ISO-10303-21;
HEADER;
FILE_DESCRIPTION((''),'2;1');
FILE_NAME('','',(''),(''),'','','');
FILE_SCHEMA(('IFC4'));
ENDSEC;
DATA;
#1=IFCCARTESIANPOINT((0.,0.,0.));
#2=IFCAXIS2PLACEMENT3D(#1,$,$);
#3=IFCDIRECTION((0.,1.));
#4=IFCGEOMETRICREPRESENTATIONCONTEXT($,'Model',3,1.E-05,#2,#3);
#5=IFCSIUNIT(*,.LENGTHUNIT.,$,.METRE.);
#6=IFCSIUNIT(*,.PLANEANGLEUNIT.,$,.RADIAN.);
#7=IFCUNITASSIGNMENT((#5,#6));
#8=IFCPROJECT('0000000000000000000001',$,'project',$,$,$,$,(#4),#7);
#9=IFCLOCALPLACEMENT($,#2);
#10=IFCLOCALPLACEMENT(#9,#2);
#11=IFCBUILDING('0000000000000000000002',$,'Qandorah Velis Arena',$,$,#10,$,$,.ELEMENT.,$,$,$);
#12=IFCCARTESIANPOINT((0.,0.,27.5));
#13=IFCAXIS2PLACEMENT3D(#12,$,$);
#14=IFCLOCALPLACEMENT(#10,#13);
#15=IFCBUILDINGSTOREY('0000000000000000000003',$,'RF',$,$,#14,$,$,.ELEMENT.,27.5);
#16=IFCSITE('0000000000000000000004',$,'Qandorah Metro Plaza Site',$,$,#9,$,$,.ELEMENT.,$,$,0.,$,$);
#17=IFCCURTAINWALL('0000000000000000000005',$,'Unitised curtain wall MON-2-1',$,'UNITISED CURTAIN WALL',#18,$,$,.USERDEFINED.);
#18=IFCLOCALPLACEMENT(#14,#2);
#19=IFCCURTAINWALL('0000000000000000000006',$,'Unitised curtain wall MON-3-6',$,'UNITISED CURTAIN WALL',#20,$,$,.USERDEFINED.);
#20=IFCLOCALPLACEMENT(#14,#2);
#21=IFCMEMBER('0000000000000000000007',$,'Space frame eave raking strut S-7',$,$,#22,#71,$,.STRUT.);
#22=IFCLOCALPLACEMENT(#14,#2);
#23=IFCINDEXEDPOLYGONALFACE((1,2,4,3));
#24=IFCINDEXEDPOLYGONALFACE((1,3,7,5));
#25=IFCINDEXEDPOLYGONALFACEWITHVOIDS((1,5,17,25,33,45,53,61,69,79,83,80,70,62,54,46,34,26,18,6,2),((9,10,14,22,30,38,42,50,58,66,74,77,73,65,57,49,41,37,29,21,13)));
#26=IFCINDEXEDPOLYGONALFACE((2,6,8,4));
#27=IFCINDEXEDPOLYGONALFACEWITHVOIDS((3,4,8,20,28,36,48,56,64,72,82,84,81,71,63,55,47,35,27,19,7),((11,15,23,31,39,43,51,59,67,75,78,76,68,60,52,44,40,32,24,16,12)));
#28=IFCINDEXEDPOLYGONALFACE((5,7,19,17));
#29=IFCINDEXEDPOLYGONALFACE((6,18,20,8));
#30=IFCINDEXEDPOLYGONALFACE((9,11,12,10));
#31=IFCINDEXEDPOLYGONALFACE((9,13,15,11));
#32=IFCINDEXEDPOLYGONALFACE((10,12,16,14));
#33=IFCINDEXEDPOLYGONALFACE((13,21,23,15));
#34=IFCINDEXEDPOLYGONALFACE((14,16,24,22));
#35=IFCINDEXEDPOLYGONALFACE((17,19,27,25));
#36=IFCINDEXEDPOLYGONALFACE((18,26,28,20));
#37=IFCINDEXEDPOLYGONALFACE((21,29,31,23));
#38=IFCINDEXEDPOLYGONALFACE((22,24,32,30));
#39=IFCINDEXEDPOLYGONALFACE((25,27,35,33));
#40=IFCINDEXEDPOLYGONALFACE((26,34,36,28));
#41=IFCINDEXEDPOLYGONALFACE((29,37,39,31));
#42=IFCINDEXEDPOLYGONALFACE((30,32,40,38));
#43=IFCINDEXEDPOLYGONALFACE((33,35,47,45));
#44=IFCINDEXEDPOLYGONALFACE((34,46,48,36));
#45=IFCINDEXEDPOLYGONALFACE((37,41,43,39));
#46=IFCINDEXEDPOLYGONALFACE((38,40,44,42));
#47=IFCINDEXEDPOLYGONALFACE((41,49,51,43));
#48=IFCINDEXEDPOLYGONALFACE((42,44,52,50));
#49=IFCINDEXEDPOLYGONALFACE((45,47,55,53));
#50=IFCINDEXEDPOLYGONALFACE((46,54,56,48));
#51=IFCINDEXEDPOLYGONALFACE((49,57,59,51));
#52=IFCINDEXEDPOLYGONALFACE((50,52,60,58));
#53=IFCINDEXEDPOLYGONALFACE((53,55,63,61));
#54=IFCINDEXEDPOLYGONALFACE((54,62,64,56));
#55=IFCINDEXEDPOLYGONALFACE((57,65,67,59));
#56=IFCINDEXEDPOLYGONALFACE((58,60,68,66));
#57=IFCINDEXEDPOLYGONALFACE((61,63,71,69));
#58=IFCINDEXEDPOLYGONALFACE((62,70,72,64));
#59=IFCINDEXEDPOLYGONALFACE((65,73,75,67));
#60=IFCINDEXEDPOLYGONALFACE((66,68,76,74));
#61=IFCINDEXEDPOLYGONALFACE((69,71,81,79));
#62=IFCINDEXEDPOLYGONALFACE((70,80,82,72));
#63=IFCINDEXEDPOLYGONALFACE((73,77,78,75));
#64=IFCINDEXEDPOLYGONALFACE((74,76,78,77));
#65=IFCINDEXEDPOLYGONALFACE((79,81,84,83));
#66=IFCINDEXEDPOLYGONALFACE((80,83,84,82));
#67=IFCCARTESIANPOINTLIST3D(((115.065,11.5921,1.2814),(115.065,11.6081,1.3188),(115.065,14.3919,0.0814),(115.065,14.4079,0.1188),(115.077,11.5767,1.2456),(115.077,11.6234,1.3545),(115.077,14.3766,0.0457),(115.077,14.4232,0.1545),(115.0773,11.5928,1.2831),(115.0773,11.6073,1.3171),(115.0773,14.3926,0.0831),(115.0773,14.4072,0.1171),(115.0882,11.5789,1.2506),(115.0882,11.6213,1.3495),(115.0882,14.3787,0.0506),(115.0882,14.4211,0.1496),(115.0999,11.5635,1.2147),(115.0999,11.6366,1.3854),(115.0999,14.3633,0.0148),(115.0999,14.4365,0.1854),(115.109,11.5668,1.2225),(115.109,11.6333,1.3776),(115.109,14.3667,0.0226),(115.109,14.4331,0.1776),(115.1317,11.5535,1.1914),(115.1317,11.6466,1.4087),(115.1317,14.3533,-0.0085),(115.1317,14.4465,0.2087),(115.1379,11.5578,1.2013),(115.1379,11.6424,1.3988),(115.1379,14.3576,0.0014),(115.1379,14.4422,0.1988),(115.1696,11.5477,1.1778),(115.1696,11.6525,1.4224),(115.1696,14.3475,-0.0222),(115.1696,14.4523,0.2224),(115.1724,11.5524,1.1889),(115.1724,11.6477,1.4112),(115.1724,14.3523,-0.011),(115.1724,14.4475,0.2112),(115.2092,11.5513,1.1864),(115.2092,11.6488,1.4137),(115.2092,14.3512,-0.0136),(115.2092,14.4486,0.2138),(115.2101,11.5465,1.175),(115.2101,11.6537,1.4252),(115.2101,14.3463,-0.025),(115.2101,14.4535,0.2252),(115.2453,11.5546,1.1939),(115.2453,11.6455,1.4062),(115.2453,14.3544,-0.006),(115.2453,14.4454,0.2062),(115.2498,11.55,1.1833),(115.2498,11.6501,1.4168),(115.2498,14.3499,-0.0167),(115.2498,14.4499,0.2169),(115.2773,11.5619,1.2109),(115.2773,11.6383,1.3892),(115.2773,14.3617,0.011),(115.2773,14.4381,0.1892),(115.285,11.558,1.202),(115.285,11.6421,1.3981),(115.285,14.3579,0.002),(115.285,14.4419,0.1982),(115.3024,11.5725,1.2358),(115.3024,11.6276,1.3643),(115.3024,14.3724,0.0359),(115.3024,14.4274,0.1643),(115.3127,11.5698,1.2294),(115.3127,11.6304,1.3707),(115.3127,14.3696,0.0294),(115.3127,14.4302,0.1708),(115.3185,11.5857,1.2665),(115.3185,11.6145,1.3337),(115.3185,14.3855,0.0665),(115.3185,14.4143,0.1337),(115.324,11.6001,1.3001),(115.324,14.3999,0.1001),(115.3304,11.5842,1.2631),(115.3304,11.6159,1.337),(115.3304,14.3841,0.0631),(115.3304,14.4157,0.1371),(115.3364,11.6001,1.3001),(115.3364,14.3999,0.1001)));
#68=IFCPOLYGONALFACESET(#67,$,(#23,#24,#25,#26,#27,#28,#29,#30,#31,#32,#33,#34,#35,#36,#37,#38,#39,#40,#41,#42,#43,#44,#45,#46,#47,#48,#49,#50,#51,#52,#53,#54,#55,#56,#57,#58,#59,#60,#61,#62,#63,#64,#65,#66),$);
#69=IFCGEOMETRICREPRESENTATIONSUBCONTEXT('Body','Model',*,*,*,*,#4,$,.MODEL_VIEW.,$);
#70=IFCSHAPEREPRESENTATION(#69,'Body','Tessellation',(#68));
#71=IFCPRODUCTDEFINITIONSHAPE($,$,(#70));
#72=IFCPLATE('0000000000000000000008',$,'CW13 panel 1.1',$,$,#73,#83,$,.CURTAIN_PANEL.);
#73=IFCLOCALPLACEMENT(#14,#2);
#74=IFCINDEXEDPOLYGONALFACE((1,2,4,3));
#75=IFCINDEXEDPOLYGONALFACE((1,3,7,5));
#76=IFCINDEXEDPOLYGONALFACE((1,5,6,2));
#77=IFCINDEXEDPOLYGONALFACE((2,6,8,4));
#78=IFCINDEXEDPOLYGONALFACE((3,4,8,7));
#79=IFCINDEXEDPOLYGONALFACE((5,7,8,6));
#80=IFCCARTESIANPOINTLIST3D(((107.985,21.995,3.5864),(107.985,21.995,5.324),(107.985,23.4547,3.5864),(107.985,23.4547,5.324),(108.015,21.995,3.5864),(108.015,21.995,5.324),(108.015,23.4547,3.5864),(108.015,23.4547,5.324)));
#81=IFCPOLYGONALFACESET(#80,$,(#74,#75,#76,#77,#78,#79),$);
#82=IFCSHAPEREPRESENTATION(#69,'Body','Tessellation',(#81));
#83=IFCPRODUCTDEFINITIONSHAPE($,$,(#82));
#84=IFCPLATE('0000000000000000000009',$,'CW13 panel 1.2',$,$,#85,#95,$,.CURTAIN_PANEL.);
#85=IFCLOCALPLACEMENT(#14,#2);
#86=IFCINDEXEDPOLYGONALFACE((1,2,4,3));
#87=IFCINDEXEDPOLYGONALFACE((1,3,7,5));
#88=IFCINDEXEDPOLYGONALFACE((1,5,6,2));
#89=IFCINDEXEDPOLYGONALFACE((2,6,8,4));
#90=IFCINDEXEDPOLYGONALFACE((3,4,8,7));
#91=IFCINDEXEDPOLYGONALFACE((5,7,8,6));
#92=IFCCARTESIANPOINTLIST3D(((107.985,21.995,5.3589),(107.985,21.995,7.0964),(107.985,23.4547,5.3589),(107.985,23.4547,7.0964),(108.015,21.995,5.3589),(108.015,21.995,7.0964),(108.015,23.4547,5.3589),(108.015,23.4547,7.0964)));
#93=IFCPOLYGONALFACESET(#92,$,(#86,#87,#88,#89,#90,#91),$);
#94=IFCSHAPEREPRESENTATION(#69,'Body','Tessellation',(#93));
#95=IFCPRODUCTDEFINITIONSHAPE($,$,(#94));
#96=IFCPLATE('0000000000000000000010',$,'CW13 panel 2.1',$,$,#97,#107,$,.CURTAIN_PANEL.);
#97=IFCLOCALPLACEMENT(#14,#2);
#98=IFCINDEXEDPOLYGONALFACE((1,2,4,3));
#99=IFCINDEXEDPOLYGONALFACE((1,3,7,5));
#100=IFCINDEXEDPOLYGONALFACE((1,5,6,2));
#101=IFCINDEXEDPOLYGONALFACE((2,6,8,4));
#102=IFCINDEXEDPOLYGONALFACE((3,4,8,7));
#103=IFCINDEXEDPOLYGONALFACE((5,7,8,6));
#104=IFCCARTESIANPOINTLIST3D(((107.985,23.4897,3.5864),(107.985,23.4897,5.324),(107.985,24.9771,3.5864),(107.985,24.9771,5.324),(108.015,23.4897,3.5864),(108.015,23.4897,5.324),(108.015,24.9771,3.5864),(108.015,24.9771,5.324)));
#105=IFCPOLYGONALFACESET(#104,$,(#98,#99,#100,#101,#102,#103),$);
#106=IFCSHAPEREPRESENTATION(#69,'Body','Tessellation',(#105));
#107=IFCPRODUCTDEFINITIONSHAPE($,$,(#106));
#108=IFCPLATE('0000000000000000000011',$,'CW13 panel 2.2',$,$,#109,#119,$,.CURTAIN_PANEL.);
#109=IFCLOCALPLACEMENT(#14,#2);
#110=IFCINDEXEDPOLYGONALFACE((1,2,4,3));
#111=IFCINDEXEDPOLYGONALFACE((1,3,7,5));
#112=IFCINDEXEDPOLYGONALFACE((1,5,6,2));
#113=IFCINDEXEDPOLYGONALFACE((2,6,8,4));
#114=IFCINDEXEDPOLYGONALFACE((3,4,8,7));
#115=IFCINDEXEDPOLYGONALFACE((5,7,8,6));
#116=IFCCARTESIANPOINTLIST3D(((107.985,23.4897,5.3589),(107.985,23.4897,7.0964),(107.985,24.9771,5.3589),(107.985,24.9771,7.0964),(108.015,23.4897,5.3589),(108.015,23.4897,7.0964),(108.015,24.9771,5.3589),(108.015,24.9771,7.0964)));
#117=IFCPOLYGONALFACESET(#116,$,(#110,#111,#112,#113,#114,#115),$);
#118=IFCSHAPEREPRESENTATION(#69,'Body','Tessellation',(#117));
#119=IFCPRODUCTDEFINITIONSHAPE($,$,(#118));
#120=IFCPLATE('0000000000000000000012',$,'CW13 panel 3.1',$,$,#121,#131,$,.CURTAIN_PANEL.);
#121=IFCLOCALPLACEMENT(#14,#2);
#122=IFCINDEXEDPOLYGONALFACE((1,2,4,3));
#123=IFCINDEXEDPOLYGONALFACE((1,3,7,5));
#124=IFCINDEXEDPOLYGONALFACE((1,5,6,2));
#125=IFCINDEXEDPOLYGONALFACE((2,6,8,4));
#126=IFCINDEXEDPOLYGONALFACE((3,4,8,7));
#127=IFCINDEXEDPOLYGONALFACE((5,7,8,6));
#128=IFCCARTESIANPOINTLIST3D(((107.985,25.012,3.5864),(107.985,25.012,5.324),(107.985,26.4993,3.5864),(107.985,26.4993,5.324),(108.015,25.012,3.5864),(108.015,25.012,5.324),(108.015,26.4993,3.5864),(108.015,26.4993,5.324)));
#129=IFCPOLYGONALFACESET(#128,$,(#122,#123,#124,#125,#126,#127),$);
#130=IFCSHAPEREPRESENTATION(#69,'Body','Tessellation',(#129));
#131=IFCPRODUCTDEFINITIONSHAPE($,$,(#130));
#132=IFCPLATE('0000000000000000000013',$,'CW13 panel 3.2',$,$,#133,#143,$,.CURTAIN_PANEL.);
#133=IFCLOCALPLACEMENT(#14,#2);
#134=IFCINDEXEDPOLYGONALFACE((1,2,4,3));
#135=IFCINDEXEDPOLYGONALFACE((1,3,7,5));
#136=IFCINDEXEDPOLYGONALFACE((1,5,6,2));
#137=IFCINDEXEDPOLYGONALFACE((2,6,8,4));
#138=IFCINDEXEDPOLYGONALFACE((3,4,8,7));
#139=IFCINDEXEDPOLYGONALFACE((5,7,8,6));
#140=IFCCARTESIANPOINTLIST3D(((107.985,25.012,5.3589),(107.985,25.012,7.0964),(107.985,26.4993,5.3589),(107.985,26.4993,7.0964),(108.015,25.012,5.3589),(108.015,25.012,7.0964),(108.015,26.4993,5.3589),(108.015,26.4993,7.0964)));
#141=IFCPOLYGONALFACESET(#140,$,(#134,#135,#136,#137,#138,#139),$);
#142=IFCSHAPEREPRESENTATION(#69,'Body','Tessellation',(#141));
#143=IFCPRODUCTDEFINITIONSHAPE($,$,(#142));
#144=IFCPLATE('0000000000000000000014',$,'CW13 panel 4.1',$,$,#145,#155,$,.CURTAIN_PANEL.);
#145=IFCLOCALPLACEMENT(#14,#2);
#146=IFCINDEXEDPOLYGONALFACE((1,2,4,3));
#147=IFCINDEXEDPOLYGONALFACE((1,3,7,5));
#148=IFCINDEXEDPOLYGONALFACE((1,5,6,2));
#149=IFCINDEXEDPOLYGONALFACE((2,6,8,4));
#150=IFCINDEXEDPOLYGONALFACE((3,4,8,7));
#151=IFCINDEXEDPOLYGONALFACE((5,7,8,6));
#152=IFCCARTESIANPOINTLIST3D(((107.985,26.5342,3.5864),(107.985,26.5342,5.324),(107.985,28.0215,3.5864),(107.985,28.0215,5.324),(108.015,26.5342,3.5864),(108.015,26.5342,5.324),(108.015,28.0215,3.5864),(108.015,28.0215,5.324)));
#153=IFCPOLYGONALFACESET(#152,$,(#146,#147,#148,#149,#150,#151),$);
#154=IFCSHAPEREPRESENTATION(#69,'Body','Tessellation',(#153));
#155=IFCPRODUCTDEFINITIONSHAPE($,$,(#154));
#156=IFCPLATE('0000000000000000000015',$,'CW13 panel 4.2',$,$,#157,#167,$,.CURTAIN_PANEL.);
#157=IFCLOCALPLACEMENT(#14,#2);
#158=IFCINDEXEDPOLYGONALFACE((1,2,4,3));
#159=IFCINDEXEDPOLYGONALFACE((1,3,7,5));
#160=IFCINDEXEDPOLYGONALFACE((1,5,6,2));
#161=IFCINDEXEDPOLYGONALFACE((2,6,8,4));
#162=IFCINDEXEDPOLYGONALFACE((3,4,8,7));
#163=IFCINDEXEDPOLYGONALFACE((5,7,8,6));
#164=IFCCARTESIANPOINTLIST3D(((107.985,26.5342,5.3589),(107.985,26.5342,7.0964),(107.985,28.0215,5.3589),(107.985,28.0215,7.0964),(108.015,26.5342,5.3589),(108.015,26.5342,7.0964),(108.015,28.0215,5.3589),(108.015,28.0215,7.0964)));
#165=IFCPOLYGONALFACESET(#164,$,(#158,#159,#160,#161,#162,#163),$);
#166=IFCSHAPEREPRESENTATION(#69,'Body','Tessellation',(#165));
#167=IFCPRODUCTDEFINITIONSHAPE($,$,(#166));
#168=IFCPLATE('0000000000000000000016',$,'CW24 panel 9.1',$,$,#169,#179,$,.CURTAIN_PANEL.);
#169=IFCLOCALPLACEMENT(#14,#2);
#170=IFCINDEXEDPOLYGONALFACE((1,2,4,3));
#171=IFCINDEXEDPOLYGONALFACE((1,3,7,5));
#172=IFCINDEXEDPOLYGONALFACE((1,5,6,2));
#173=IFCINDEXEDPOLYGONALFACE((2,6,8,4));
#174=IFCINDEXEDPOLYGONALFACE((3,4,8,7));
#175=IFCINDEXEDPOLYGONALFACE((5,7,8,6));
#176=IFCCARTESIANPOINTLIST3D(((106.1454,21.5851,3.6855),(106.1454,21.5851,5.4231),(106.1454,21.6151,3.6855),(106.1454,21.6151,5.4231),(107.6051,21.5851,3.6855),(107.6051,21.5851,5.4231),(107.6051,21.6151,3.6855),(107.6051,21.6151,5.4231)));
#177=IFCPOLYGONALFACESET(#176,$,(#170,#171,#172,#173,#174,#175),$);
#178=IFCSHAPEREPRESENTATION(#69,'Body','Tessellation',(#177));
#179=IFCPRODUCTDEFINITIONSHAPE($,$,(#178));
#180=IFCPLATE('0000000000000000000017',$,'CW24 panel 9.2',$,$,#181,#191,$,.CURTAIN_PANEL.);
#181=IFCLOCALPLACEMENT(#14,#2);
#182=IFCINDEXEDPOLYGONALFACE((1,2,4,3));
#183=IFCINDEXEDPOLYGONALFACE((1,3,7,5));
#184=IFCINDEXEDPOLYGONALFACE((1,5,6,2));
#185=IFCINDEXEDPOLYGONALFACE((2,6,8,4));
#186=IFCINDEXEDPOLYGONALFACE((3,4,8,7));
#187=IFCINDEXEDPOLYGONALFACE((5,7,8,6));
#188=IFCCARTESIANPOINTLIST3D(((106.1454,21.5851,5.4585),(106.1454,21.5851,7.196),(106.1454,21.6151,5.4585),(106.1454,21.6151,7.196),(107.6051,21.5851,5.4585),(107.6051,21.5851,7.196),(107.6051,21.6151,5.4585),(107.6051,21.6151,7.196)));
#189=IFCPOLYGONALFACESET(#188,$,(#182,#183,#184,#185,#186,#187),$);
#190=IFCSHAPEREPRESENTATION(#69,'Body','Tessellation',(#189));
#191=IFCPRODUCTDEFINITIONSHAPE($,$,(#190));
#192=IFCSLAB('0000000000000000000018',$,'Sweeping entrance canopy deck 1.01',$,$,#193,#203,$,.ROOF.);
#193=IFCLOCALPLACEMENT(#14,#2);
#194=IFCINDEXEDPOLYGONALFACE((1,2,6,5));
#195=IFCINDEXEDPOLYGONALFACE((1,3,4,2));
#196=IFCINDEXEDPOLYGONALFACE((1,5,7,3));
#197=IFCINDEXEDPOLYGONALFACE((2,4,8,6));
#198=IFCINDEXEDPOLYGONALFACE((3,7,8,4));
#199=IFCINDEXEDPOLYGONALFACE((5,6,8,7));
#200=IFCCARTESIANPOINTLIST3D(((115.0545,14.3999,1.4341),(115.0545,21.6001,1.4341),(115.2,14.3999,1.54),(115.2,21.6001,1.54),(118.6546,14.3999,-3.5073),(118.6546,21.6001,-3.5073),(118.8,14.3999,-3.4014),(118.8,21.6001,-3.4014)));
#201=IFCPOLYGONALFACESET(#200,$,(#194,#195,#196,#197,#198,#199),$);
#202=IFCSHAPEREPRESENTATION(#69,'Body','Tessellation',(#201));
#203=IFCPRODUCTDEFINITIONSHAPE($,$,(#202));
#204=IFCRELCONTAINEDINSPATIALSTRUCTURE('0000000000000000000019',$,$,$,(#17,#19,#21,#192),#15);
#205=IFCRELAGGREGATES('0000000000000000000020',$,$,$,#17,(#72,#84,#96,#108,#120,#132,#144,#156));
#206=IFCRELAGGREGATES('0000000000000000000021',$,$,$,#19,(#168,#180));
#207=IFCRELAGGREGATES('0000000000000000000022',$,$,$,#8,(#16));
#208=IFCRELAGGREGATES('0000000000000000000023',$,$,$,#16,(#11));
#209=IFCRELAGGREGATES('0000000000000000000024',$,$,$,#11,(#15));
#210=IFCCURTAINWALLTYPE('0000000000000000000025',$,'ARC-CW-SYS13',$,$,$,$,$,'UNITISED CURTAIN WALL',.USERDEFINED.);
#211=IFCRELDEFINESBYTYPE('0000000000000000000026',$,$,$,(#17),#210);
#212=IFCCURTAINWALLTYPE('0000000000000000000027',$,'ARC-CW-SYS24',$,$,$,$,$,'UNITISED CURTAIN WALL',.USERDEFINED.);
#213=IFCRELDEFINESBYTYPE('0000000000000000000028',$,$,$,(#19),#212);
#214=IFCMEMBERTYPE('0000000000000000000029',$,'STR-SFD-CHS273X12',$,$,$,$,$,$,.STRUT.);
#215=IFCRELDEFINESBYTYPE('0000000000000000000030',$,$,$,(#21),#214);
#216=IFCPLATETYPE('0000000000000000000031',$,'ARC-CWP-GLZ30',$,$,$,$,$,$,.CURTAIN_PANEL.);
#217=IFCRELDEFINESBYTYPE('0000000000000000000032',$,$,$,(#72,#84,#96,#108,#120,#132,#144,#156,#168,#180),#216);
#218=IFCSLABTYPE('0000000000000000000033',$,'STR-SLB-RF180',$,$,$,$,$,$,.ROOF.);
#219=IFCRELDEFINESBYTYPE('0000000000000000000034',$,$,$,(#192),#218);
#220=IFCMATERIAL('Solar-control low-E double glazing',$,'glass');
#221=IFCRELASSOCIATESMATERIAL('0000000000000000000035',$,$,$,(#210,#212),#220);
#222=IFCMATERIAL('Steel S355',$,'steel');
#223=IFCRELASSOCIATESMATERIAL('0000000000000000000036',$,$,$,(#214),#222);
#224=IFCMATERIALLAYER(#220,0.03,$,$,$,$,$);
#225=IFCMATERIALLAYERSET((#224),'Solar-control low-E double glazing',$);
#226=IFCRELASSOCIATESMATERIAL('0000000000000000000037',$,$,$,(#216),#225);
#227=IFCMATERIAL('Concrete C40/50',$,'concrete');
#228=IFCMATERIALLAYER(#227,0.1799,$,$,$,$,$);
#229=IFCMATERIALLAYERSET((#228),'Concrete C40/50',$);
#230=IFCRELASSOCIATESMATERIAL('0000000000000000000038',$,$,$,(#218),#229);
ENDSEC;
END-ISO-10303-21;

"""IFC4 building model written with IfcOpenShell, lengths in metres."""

from ifc_helpers import new_model, si_unit, direction, frame, origin, origin_2d, place, context, subcontext, project, spatial, polyline, rectangle, hollow_circle, outline, extrude, material, layer, layer_set, material_profile, profile_set, type_object, element, aggregate, save


model = new_model("IFC4")

# Units and contexts
model_context = context("Model", 3, precision=1e-05, world=origin(), true_north=direction((0.0, 1.0)))
body_context = subcontext(model_context, "Body", "Model", "MODEL_VIEW")
ifc_project = project(units=[si_unit("LENGTHUNIT", "METRE"), si_unit("PLANEANGLEUNIT", "RADIAN")], contexts=[model_context])

# Site, building, storey
site_placement = place(None, origin())
site = spatial("IfcSite", under=ifc_project, at=site_placement, Name="Qandorah Metro Plaza Site", CompositionType="ELEMENT", RefElevation=0.0)
building_placement = place(site_placement, origin())
building = spatial("IfcBuilding", under=site, at=building_placement, Name="Qandorah Velis Arena", CompositionType="ELEMENT")
storey_placement = place(building_placement, frame((0.0, 0.0, 27.5)))
storey = spatial("IfcBuildingStorey", under=building, at=storey_placement, Name="RF", CompositionType="ELEMENT", Elevation=27.5)

# Curtain wall
ifc_material_1 = material(Name="Solar-control low-E double glazing", Category="glass")
curtain_wall_type_1 = type_object("IfcCurtainWallType", Name="ARC-CW-SYS13", ElementType="UNITISED CURTAIN WALL", PredefinedType="USERDEFINED", material=ifc_material_1)
curtain_wall_1_placement = place(storey_placement, origin())
curtain_wall_1 = element("IfcCurtainWall", 1, at=curtain_wall_1_placement, inside=storey, type_object=curtain_wall_type_1, Name="Unitised curtain wall MON-2-1", ObjectType="UNITISED CURTAIN WALL", PredefinedType="USERDEFINED")

# Curtain wall
curtain_wall_type_2 = type_object("IfcCurtainWallType", Name="ARC-CW-SYS24", ElementType="UNITISED CURTAIN WALL", PredefinedType="USERDEFINED", material=ifc_material_1)
curtain_wall_2_placement = place(storey_placement, origin())
curtain_wall_2 = element("IfcCurtainWall", 2, at=curtain_wall_2_placement, inside=storey, type_object=curtain_wall_type_2, Name="Unitised curtain wall MON-3-6", ObjectType="UNITISED CURTAIN WALL", PredefinedType="USERDEFINED")

# Shared definitions
ifc_material_2 = material(Name="Steel S355", Category="steel")

# Member
ifc_material_profile_1 = material_profile(ifc_material_2, hollow_circle(Radius=0.1365, WallThickness=0.0125, at=origin_2d()), Name="CHS 273x12.5")
ifc_profile_set_1 = profile_set([ifc_material_profile_1], Name="Steel S355")
member_type_1 = type_object("IfcMemberType", Name="STR-SFD-CHS273X12", PredefinedType="STRUT", material=ifc_profile_set_1)
member_1_placement = place(storey_placement, frame((115.2, 14.3999, 0.1001), z_axis=(0.0, -0.919141, 0.393929), x_axis=(1.0, 0.0, 0.0)))
element("IfcMember", 3, at=member_1_placement, inside=storey, type_object=member_type_1, Name="Space frame eave raking strut S-7", PredefinedType="STRUT", context=body_context, shape_type="SweptSolid", body=[
    extrude(hollow_circle(Radius=0.1365, WallThickness=0.0125, at=origin_2d()), origin(), (0.0, 0.0, 1.0), 3.0461),
])

# Plates
ifc_layer_1 = layer(ifc_material_1, 0.03)
ifc_layer_set_1 = layer_set([ifc_layer_1], Name="Solar-control low-E double glazing")
plate_type = type_object("IfcPlateType", Name="ARC-CWP-GLZ30", PredefinedType="CURTAIN_PANEL", material=ifc_layer_set_1)
plate_1_placement = place(storey_placement, frame((108.0, 22.7249, 3.5864), z_axis=(0.0, 0.0, 1.0), x_axis=(0.0, 1.0, 0.0)))
plate_1 = element("IfcPlate", 4, at=plate_1_placement, type_object=plate_type, Name="CW13 panel 1.1", PredefinedType="CURTAIN_PANEL", context=body_context, shape_type="SweptSolid", body=[
    extrude(rectangle(XDim=1.4597, YDim=0.03, at=origin_2d()), origin(), (0.0, 0.0, 1.0), 1.7375),
])
plate_2_placement = place(storey_placement, frame((108.0, 22.7249, 5.3589), z_axis=(0.0, 0.0, 1.0), x_axis=(0.0, 1.0, 0.0)))
plate_2 = element("IfcPlate", 5, at=plate_2_placement, type_object=plate_type, Name="CW13 panel 1.2", PredefinedType="CURTAIN_PANEL", context=body_context, shape_type="SweptSolid", body=[
    extrude(rectangle(XDim=1.4597, YDim=0.03, at=origin_2d()), origin(), (0.0, 0.0, 1.0), 1.7375),
])
plate_3_placement = place(storey_placement, frame((108.0, 24.2334, 3.5864), z_axis=(0.0, 0.0, 1.0), x_axis=(0.0, 1.0, 0.0)))
plate_3 = element("IfcPlate", 6, at=plate_3_placement, type_object=plate_type, Name="CW13 panel 2.1", PredefinedType="CURTAIN_PANEL", context=body_context, shape_type="SweptSolid", body=[
    extrude(rectangle(XDim=1.4873, YDim=0.03, at=origin_2d()), origin(), (0.0, 0.0, 1.0), 1.7375),
])
plate_4_placement = place(storey_placement, frame((108.0, 24.2334, 5.3589), z_axis=(0.0, 0.0, 1.0), x_axis=(0.0, 1.0, 0.0)))
plate_4 = element("IfcPlate", 7, at=plate_4_placement, type_object=plate_type, Name="CW13 panel 2.2", PredefinedType="CURTAIN_PANEL", context=body_context, shape_type="SweptSolid", body=[
    extrude(rectangle(XDim=1.4873, YDim=0.03, at=origin_2d()), origin(), (0.0, 0.0, 1.0), 1.7375),
])
plate_5_placement = place(storey_placement, frame((108.0, 25.7556, 3.5864), z_axis=(0.0, 0.0, 1.0), x_axis=(0.0, 1.0, 0.0)))
plate_5 = element("IfcPlate", 8, at=plate_5_placement, type_object=plate_type, Name="CW13 panel 3.1", PredefinedType="CURTAIN_PANEL", context=body_context, shape_type="SweptSolid", body=[
    extrude(rectangle(XDim=1.4873, YDim=0.03, at=origin_2d()), origin(), (0.0, 0.0, 1.0), 1.7375),
])
plate_6_placement = place(storey_placement, frame((108.0, 25.7556, 5.3589), z_axis=(0.0, 0.0, 1.0), x_axis=(0.0, 1.0, 0.0)))
plate_6 = element("IfcPlate", 9, at=plate_6_placement, type_object=plate_type, Name="CW13 panel 3.2", PredefinedType="CURTAIN_PANEL", context=body_context, shape_type="SweptSolid", body=[
    extrude(rectangle(XDim=1.4873, YDim=0.03, at=origin_2d()), origin(), (0.0, 0.0, 1.0), 1.7375),
])
plate_7_placement = place(storey_placement, frame((108.0, 27.2778, 3.5864), z_axis=(0.0, 0.0, 1.0), x_axis=(0.0, 1.0, 0.0)))
plate_7 = element("IfcPlate", 10, at=plate_7_placement, type_object=plate_type, Name="CW13 panel 4.1", PredefinedType="CURTAIN_PANEL", context=body_context, shape_type="SweptSolid", body=[
    extrude(rectangle(XDim=1.4873, YDim=0.03, at=origin_2d()), origin(), (0.0, 0.0, 1.0), 1.7375),
])
plate_8_placement = place(storey_placement, frame((108.0, 27.2778, 5.3589), z_axis=(0.0, 0.0, 1.0), x_axis=(0.0, 1.0, 0.0)))
plate_8 = element("IfcPlate", 11, at=plate_8_placement, type_object=plate_type, Name="CW13 panel 4.2", PredefinedType="CURTAIN_PANEL", context=body_context, shape_type="SweptSolid", body=[
    extrude(rectangle(XDim=1.4873, YDim=0.03, at=origin_2d()), origin(), (0.0, 0.0, 1.0), 1.7375),
])
aggregate(curtain_wall_1, [plate_1, plate_2, plate_3, plate_4, plate_5, plate_6, plate_7, plate_8])
plate_9_placement = place(storey_placement, frame((106.8752, 21.6001, 3.6855), z_axis=(0.0, 0.0, 1.0), x_axis=(1.0, 0.0, 0.0)))
plate_9 = element("IfcPlate", 12, at=plate_9_placement, type_object=plate_type, Name="CW24 panel 9.1", PredefinedType="CURTAIN_PANEL", context=body_context, shape_type="SweptSolid", body=[
    extrude(rectangle(XDim=1.4597, YDim=0.03, at=origin_2d()), origin(), (0.0, 0.0, 1.0), 1.7375),
])
plate_10_placement = place(storey_placement, frame((106.8752, 21.6001, 5.4585), z_axis=(0.0, 0.0, 1.0), x_axis=(1.0, 0.0, 0.0)))
plate_10 = element("IfcPlate", 13, at=plate_10_placement, type_object=plate_type, Name="CW24 panel 9.2", PredefinedType="CURTAIN_PANEL", context=body_context, shape_type="SweptSolid", body=[
    extrude(rectangle(XDim=1.4597, YDim=0.03, at=origin_2d()), origin(), (0.0, 0.0, 1.0), 1.7375),
])
aggregate(curtain_wall_2, [plate_9, plate_10])

# Slab
ifc_material_3 = material(Name="Concrete C40/50", Category="concrete")
ifc_layer_2 = layer(ifc_material_3, 0.1799)
ifc_layer_set_2 = layer_set([ifc_layer_2], Name="Concrete C40/50")
slab_type = type_object("IfcSlabType", Name="STR-SLB-RF180", PredefinedType="ROOF", material=ifc_layer_set_2)
slab_placement = place(storey_placement, frame((115.2, 14.3999, 1.54), z_axis=(0.808242, 0.0, 0.588851), x_axis=(0.588851, 0.0, -0.808242)))
element("IfcSlab", 14, at=slab_placement, inside=storey, type_object=slab_type, Name="Sweeping entrance canopy deck 1.01", PredefinedType="ROOF", context=body_context, shape_type="SweptSolid", body=[
    extrude(outline(polyline([(0.0, 0.0), (6.1138, 0.0), (6.1138, 7.2002), (0.0, 7.2002), (0.0, 0.0)])), origin(), (0.0, 0.0, -1.0), 0.1799),
])

save(model, "model.ifc")
